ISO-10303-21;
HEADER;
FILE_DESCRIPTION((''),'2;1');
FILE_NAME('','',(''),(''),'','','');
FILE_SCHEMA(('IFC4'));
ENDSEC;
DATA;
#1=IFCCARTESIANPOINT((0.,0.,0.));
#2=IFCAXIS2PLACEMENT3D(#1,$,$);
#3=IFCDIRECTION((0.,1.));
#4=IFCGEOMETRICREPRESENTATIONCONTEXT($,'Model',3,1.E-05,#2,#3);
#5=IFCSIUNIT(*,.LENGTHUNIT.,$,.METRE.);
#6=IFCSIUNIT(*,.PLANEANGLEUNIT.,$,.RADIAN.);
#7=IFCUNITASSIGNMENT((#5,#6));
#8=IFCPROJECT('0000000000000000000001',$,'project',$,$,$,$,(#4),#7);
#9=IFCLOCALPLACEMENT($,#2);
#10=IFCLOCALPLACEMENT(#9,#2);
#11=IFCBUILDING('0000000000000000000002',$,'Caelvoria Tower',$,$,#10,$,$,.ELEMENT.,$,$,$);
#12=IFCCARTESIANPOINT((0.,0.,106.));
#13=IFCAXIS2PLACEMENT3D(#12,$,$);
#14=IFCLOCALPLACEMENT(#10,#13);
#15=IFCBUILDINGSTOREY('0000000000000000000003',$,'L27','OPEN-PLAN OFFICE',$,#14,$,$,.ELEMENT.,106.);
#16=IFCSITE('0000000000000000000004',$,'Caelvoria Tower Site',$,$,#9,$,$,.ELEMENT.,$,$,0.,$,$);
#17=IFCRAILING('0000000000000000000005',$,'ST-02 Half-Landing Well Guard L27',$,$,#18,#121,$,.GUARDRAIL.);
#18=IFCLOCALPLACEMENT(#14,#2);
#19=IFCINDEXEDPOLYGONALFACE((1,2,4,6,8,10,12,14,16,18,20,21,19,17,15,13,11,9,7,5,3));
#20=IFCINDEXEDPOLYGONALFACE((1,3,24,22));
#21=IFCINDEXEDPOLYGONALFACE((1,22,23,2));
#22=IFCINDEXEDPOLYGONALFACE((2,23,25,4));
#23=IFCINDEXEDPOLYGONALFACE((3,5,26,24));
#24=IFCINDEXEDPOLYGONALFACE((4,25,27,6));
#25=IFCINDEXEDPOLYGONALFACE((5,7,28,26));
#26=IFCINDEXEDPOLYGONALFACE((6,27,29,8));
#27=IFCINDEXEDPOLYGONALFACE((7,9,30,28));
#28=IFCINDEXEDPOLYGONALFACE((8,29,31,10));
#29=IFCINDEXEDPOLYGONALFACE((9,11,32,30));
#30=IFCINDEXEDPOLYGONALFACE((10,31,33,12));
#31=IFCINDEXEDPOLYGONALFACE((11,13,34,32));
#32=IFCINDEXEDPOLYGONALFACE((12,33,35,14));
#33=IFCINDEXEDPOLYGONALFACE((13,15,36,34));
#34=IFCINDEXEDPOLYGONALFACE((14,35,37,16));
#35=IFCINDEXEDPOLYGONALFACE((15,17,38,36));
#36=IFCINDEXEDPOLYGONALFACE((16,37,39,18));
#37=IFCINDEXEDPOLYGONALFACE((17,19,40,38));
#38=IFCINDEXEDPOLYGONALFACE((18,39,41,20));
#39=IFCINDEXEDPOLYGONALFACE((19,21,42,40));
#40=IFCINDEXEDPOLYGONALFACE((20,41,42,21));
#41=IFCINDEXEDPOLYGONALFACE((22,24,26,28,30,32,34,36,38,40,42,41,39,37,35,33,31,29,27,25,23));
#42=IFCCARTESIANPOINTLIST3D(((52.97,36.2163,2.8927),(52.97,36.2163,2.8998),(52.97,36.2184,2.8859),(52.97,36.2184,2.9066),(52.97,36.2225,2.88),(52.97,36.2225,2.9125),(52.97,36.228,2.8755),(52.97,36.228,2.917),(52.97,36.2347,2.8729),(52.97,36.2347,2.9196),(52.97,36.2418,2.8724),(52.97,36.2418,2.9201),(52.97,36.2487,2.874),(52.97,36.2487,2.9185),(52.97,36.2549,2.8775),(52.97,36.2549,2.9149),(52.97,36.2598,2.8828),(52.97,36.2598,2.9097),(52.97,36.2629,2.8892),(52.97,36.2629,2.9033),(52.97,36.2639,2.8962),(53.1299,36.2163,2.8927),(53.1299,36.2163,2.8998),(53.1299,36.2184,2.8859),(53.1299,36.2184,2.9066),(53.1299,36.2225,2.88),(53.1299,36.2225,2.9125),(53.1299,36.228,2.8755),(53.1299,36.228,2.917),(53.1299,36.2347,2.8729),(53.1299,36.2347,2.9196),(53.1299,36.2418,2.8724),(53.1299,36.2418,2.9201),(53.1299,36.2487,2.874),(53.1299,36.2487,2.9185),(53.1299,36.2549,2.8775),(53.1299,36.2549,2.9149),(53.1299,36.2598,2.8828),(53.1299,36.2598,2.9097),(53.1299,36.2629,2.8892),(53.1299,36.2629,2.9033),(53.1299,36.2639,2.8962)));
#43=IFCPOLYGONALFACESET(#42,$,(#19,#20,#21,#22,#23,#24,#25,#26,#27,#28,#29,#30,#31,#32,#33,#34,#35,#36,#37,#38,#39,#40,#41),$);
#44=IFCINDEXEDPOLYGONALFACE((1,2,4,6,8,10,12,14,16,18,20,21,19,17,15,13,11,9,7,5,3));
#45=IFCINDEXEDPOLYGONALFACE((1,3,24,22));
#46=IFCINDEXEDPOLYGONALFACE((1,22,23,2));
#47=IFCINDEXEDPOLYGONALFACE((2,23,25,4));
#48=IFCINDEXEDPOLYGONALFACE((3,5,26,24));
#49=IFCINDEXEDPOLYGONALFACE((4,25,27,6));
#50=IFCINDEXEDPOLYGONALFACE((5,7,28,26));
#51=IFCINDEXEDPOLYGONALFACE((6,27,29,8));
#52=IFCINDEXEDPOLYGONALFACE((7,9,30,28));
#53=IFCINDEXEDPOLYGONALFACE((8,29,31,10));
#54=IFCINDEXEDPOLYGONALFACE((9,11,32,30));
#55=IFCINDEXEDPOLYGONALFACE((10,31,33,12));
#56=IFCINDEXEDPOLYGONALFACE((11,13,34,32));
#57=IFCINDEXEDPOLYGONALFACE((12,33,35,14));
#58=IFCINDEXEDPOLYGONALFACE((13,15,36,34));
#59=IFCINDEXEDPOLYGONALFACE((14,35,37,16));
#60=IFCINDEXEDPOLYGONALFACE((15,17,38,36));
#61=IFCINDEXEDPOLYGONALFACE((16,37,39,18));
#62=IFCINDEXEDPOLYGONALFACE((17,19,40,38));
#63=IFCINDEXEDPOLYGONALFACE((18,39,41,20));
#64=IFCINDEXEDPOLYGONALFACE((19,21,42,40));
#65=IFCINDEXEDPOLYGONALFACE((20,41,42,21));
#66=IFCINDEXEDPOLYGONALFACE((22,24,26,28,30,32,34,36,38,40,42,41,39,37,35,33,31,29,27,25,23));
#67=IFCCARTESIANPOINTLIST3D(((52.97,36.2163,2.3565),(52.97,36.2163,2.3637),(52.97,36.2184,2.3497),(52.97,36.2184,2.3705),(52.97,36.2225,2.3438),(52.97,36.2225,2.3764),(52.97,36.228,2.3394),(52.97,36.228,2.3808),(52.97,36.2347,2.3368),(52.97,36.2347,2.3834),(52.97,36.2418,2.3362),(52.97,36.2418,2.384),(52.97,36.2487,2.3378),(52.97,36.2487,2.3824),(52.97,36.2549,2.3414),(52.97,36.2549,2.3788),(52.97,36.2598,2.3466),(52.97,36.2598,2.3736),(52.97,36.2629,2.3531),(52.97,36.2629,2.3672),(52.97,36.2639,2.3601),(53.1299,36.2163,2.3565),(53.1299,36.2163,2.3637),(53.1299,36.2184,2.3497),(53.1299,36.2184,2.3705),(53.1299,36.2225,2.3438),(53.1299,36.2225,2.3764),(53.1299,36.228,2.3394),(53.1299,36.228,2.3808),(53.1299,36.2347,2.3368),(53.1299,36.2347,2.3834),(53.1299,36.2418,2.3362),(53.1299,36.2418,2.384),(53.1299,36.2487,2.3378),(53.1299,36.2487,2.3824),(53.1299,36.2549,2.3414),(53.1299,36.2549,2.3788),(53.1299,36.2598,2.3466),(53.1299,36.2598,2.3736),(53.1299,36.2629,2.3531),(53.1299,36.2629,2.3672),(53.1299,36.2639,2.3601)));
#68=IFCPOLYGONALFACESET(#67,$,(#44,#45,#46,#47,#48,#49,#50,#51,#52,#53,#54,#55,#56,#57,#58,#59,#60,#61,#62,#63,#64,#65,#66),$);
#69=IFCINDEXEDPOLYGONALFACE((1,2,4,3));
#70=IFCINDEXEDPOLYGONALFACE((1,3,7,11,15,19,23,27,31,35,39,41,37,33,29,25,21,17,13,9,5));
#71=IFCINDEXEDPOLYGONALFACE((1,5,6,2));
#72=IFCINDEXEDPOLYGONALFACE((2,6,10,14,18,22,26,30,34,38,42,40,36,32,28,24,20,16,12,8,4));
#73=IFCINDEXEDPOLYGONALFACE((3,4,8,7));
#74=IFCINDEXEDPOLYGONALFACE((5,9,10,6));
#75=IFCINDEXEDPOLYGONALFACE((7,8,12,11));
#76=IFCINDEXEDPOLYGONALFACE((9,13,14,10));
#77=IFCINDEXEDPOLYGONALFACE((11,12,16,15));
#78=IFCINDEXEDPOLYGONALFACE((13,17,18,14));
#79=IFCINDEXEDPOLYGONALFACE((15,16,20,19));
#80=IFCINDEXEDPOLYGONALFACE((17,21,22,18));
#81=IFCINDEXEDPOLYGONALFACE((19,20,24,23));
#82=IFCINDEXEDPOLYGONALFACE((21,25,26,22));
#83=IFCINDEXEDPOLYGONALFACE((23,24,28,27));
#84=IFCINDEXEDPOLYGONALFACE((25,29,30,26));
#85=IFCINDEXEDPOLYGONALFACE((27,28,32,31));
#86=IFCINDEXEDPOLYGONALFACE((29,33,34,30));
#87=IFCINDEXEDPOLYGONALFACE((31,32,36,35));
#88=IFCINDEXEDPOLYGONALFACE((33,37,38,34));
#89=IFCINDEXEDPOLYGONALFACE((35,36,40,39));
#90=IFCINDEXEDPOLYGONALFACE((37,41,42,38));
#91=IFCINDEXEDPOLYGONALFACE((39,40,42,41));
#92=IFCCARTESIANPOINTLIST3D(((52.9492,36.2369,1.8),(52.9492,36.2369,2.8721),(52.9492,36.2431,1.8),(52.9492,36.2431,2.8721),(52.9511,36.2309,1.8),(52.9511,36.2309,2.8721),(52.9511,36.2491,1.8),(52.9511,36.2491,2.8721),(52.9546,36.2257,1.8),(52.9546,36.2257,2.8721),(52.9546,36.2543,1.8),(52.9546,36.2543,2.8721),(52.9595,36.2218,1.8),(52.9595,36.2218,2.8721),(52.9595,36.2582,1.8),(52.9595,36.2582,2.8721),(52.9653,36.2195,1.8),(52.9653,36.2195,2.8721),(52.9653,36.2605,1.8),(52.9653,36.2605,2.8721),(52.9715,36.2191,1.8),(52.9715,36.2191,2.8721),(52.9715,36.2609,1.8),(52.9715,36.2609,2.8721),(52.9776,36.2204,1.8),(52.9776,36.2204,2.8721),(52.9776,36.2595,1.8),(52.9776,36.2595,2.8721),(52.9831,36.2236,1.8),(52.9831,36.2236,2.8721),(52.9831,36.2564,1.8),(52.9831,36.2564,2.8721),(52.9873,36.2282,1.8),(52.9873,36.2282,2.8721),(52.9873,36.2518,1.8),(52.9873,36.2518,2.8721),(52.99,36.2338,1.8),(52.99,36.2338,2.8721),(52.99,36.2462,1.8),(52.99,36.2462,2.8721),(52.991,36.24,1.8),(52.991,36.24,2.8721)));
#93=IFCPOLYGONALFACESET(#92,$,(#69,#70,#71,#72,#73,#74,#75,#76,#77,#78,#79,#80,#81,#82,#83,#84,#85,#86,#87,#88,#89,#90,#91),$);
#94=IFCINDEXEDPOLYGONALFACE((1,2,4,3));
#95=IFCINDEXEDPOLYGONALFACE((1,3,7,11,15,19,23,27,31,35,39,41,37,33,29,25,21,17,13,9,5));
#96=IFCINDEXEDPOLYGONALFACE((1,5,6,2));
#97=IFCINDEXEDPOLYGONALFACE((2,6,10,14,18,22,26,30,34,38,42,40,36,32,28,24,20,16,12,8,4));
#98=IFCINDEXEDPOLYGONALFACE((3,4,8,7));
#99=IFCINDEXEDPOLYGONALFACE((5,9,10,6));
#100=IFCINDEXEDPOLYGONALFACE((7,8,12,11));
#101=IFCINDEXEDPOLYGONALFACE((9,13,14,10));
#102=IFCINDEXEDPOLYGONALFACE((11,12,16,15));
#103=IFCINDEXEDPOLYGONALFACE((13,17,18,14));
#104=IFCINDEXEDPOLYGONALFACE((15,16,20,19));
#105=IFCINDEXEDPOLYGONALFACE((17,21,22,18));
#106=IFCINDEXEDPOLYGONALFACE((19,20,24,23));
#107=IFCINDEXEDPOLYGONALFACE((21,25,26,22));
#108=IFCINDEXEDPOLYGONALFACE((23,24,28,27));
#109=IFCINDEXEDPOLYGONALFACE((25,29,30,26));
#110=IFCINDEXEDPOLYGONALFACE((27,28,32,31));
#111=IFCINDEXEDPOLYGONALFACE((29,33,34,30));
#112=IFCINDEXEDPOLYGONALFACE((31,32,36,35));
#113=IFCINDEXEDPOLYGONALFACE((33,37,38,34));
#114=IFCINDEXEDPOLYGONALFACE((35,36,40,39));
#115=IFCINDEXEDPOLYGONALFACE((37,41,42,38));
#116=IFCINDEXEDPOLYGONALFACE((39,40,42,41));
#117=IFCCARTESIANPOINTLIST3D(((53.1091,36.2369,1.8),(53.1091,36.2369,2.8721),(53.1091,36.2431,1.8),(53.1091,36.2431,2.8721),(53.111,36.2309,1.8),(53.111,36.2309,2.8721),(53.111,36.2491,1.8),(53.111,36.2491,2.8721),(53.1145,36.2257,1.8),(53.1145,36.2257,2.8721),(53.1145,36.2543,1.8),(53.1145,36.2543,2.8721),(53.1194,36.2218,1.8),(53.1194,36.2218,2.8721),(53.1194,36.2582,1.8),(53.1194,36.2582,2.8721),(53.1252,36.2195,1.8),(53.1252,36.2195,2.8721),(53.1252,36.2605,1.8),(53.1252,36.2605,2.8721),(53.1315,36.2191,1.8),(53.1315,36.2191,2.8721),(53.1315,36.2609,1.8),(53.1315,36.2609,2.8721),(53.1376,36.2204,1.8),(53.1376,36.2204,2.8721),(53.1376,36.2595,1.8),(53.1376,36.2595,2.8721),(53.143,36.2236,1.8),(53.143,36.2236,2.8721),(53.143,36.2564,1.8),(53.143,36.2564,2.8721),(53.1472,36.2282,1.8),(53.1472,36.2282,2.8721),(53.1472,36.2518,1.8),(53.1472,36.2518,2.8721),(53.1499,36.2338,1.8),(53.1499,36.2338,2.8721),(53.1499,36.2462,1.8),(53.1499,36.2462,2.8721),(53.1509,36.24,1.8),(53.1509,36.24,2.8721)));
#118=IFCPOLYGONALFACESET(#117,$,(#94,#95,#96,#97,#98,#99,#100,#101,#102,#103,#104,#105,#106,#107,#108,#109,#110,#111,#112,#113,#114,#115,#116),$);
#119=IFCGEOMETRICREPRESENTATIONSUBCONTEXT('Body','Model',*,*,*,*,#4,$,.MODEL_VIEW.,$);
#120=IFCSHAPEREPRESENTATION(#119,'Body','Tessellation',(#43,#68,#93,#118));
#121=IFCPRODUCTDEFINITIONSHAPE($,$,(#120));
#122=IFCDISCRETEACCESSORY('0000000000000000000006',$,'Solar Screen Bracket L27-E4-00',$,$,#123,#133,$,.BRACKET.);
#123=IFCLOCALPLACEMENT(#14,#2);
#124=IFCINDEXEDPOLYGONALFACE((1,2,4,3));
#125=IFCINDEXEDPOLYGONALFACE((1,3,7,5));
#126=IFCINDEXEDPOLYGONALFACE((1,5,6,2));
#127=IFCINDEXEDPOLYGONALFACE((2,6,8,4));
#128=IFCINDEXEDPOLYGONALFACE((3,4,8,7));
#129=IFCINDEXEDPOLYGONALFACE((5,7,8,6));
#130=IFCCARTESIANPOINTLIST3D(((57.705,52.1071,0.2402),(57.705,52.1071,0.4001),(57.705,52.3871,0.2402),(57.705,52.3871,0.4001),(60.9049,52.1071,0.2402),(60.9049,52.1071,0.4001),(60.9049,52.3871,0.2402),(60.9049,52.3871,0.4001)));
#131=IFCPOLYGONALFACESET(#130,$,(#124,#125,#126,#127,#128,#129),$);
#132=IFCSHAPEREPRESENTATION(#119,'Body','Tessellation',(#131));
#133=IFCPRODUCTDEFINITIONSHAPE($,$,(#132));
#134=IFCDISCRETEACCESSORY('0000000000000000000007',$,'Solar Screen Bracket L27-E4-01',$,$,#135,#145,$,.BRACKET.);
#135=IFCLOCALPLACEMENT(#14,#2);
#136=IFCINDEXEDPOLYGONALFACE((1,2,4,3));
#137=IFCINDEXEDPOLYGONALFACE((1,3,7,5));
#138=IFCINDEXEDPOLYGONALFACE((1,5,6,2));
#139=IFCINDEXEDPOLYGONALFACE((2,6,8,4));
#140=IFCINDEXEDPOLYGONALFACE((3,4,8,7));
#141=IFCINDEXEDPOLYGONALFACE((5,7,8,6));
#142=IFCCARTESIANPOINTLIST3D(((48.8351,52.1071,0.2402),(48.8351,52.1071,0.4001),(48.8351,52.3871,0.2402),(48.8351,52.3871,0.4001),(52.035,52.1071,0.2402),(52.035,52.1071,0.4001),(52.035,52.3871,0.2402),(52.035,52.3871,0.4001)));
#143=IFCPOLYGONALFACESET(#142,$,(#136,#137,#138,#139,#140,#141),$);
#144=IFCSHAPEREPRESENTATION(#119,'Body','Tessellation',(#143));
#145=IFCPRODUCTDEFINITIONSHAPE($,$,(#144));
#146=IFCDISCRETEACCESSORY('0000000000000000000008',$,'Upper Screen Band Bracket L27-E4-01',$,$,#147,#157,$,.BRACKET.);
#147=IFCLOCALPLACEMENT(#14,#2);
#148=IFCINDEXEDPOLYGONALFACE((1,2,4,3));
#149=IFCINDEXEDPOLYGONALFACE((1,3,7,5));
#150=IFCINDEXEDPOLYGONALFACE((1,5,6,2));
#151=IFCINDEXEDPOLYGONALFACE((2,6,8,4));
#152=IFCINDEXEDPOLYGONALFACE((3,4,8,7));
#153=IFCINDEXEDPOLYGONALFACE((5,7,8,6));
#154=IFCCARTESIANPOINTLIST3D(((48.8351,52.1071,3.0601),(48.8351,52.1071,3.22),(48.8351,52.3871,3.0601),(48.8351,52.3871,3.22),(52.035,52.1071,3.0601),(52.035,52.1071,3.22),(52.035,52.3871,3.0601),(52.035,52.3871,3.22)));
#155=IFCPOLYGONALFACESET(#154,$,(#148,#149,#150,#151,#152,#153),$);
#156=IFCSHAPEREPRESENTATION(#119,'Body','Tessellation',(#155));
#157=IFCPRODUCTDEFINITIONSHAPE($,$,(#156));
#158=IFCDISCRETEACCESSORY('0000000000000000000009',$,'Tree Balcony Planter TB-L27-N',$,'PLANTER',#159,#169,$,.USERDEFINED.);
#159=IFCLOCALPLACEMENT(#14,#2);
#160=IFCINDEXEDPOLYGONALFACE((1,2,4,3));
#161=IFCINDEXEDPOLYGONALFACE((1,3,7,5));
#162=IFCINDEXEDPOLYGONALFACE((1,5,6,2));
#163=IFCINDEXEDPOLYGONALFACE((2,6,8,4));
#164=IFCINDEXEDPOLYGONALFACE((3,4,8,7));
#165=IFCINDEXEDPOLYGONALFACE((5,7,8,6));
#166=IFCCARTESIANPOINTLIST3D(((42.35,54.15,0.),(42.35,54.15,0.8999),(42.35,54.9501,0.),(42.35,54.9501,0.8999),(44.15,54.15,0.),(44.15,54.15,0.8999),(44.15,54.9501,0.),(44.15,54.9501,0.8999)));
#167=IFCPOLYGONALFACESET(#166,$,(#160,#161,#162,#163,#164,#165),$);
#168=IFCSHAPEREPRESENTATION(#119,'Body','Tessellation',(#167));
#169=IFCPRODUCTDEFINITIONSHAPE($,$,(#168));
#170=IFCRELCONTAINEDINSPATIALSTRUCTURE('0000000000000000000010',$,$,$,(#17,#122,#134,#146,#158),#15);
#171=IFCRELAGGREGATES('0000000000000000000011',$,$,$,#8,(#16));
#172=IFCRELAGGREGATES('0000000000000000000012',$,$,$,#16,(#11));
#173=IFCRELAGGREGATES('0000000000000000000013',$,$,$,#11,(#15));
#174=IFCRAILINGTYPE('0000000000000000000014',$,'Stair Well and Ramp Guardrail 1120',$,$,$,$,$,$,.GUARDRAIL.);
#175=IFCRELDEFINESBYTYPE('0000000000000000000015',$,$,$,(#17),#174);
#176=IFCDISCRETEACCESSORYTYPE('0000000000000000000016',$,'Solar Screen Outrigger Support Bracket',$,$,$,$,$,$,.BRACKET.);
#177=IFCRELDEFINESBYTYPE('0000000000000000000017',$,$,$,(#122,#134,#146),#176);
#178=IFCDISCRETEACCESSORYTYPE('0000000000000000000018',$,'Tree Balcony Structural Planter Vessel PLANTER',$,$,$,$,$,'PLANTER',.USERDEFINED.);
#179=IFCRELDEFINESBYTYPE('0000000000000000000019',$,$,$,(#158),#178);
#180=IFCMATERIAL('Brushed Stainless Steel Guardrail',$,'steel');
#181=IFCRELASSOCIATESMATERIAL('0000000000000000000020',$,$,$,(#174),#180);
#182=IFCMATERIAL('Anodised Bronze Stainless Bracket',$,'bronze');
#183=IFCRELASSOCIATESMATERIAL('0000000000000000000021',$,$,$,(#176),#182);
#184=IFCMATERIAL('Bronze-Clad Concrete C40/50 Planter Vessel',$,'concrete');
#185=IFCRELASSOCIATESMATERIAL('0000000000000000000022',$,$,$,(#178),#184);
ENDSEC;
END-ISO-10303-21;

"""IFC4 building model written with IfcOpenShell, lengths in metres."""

from ifc_helpers import new_model, si_unit, direction, frame, origin, origin_2d, place, context, subcontext, project, spatial, rectangle, circle, extrude, material, type_object, element, save


model = new_model("IFC4")

# Units and contexts
model_context = context("Model", 3, precision=1e-05, world=origin(), true_north=direction((0.0, 1.0)))
body_context = subcontext(model_context, "Body", "Model", "MODEL_VIEW")
ifc_project = project(units=[si_unit("LENGTHUNIT", "METRE"), si_unit("PLANEANGLEUNIT", "RADIAN")], contexts=[model_context])

# Site, building, storey
site_placement = place(None, origin())
site = spatial("IfcSite", under=ifc_project, at=site_placement, Name="Caelvoria Tower Site", CompositionType="ELEMENT", RefElevation=0.0)
building_placement = place(site_placement, origin())
building = spatial("IfcBuilding", under=site, at=building_placement, Name="Caelvoria Tower", CompositionType="ELEMENT")
storey_placement = place(building_placement, frame((0.0, 0.0, 106.0)))
storey = spatial("IfcBuildingStorey", under=building, at=storey_placement, Name="L27", Description="OPEN-PLAN OFFICE", CompositionType="ELEMENT", Elevation=106.0)

# Railing
ifc_material_1 = material(Name="Brushed Stainless Steel Guardrail", Category="steel")
railing_type_1 = type_object("IfcRailingType", Name="Stair Well and Ramp Guardrail 1120", PredefinedType="GUARDRAIL", material=ifc_material_1)
railing_1_placement = place(storey_placement, frame((52.97, 36.24, 1.8)))
element("IfcRailing", 1, at=railing_1_placement, inside=storey, type_object=railing_type_1, Name="ST-02 Half-Landing Well Guard L27", PredefinedType="GUARDRAIL", context=body_context, shape_type="SweptSolid", body=[
    extrude(circle(Radius=0.0239, at=origin_2d()), frame((0.0, 0.0, 1.0962), z_axis=(1.0, 0.0, 0.0), x_axis=(0.0, 1.0, 0.0)), (0.0, 0.0, 1.0), 0.1599),
    extrude(circle(Radius=0.0239, at=origin_2d()), frame((0.0, 0.0, 0.5601), z_axis=(1.0, 0.0, 0.0), x_axis=(0.0, 1.0, 0.0)), (0.0, 0.0, 1.0), 0.1599),
    extrude(circle(Radius=0.021, at=origin_2d()), origin(), (0.0, 0.0, 1.0), 1.072),
    extrude(circle(Radius=0.021, at=origin_2d()), frame((0.1599, 0.0, 0.0)), (0.0, 0.0, 1.0), 1.072),
])

# Discrete accessories
ifc_material_2 = material(Name="Anodised Bronze Stainless Bracket", Category="bronze")
discrete_accessory_type_1 = type_object("IfcDiscreteAccessoryType", Name="Solar Screen Outrigger Support Bracket", PredefinedType="BRACKET", material=ifc_material_2)
for number, where, z_axis, x_axis, name in (
    (2, (59.3049, 52.2471, 0.2402), (0.0, 0.0, 1.0), (-1.0, 0.0, 0.0), "Solar Screen Bracket L27-E4-00"),
    (3, (50.4351, 52.2471, 0.2402), (0.0, 0.0, 1.0), (-1.0, 0.0, 0.0), "Solar Screen Bracket L27-E4-01"),
    (4, (50.4351, 52.2471, 3.0601), (0.0, 0.0, 1.0), (-1.0, 0.0, 0.0), "Upper Screen Band Bracket L27-E4-01"),
):
    element("IfcDiscreteAccessory", number, at=place(storey_placement, frame(where, z_axis=z_axis, x_axis=x_axis)), inside=storey, type_object=discrete_accessory_type_1, Name=name, PredefinedType="BRACKET", context=body_context, shape_type="SweptSolid", body=[
        extrude(rectangle(XDim=3.2, YDim=0.28, at=origin_2d()), origin(), (0.0, 0.0, 1.0), 0.1599),
    ])
ifc_material_3 = material(Name="Bronze-Clad Concrete C40/50 Planter Vessel", Category="concrete")
discrete_accessory_type_2 = type_object("IfcDiscreteAccessoryType", Name="Tree Balcony Structural Planter Vessel PLANTER", ElementType="PLANTER", PredefinedType="USERDEFINED", material=ifc_material_3)
discrete_accessory_placement = place(storey_placement, frame((43.25, 54.55, 0.0), z_axis=(0.0, 0.0, 1.0), x_axis=(1.0, 0.0, 0.0)))
element("IfcDiscreteAccessory", 5, at=discrete_accessory_placement, inside=storey, type_object=discrete_accessory_type_2, Name="Tree Balcony Planter TB-L27-N", ObjectType="PLANTER", PredefinedType="USERDEFINED", context=body_context, shape_type="SweptSolid", body=[
    extrude(rectangle(XDim=1.8, YDim=0.8, at=origin_2d()), origin(), (0.0, 0.0, 1.0), 0.8999),
])

save(model, "model.ifc")
